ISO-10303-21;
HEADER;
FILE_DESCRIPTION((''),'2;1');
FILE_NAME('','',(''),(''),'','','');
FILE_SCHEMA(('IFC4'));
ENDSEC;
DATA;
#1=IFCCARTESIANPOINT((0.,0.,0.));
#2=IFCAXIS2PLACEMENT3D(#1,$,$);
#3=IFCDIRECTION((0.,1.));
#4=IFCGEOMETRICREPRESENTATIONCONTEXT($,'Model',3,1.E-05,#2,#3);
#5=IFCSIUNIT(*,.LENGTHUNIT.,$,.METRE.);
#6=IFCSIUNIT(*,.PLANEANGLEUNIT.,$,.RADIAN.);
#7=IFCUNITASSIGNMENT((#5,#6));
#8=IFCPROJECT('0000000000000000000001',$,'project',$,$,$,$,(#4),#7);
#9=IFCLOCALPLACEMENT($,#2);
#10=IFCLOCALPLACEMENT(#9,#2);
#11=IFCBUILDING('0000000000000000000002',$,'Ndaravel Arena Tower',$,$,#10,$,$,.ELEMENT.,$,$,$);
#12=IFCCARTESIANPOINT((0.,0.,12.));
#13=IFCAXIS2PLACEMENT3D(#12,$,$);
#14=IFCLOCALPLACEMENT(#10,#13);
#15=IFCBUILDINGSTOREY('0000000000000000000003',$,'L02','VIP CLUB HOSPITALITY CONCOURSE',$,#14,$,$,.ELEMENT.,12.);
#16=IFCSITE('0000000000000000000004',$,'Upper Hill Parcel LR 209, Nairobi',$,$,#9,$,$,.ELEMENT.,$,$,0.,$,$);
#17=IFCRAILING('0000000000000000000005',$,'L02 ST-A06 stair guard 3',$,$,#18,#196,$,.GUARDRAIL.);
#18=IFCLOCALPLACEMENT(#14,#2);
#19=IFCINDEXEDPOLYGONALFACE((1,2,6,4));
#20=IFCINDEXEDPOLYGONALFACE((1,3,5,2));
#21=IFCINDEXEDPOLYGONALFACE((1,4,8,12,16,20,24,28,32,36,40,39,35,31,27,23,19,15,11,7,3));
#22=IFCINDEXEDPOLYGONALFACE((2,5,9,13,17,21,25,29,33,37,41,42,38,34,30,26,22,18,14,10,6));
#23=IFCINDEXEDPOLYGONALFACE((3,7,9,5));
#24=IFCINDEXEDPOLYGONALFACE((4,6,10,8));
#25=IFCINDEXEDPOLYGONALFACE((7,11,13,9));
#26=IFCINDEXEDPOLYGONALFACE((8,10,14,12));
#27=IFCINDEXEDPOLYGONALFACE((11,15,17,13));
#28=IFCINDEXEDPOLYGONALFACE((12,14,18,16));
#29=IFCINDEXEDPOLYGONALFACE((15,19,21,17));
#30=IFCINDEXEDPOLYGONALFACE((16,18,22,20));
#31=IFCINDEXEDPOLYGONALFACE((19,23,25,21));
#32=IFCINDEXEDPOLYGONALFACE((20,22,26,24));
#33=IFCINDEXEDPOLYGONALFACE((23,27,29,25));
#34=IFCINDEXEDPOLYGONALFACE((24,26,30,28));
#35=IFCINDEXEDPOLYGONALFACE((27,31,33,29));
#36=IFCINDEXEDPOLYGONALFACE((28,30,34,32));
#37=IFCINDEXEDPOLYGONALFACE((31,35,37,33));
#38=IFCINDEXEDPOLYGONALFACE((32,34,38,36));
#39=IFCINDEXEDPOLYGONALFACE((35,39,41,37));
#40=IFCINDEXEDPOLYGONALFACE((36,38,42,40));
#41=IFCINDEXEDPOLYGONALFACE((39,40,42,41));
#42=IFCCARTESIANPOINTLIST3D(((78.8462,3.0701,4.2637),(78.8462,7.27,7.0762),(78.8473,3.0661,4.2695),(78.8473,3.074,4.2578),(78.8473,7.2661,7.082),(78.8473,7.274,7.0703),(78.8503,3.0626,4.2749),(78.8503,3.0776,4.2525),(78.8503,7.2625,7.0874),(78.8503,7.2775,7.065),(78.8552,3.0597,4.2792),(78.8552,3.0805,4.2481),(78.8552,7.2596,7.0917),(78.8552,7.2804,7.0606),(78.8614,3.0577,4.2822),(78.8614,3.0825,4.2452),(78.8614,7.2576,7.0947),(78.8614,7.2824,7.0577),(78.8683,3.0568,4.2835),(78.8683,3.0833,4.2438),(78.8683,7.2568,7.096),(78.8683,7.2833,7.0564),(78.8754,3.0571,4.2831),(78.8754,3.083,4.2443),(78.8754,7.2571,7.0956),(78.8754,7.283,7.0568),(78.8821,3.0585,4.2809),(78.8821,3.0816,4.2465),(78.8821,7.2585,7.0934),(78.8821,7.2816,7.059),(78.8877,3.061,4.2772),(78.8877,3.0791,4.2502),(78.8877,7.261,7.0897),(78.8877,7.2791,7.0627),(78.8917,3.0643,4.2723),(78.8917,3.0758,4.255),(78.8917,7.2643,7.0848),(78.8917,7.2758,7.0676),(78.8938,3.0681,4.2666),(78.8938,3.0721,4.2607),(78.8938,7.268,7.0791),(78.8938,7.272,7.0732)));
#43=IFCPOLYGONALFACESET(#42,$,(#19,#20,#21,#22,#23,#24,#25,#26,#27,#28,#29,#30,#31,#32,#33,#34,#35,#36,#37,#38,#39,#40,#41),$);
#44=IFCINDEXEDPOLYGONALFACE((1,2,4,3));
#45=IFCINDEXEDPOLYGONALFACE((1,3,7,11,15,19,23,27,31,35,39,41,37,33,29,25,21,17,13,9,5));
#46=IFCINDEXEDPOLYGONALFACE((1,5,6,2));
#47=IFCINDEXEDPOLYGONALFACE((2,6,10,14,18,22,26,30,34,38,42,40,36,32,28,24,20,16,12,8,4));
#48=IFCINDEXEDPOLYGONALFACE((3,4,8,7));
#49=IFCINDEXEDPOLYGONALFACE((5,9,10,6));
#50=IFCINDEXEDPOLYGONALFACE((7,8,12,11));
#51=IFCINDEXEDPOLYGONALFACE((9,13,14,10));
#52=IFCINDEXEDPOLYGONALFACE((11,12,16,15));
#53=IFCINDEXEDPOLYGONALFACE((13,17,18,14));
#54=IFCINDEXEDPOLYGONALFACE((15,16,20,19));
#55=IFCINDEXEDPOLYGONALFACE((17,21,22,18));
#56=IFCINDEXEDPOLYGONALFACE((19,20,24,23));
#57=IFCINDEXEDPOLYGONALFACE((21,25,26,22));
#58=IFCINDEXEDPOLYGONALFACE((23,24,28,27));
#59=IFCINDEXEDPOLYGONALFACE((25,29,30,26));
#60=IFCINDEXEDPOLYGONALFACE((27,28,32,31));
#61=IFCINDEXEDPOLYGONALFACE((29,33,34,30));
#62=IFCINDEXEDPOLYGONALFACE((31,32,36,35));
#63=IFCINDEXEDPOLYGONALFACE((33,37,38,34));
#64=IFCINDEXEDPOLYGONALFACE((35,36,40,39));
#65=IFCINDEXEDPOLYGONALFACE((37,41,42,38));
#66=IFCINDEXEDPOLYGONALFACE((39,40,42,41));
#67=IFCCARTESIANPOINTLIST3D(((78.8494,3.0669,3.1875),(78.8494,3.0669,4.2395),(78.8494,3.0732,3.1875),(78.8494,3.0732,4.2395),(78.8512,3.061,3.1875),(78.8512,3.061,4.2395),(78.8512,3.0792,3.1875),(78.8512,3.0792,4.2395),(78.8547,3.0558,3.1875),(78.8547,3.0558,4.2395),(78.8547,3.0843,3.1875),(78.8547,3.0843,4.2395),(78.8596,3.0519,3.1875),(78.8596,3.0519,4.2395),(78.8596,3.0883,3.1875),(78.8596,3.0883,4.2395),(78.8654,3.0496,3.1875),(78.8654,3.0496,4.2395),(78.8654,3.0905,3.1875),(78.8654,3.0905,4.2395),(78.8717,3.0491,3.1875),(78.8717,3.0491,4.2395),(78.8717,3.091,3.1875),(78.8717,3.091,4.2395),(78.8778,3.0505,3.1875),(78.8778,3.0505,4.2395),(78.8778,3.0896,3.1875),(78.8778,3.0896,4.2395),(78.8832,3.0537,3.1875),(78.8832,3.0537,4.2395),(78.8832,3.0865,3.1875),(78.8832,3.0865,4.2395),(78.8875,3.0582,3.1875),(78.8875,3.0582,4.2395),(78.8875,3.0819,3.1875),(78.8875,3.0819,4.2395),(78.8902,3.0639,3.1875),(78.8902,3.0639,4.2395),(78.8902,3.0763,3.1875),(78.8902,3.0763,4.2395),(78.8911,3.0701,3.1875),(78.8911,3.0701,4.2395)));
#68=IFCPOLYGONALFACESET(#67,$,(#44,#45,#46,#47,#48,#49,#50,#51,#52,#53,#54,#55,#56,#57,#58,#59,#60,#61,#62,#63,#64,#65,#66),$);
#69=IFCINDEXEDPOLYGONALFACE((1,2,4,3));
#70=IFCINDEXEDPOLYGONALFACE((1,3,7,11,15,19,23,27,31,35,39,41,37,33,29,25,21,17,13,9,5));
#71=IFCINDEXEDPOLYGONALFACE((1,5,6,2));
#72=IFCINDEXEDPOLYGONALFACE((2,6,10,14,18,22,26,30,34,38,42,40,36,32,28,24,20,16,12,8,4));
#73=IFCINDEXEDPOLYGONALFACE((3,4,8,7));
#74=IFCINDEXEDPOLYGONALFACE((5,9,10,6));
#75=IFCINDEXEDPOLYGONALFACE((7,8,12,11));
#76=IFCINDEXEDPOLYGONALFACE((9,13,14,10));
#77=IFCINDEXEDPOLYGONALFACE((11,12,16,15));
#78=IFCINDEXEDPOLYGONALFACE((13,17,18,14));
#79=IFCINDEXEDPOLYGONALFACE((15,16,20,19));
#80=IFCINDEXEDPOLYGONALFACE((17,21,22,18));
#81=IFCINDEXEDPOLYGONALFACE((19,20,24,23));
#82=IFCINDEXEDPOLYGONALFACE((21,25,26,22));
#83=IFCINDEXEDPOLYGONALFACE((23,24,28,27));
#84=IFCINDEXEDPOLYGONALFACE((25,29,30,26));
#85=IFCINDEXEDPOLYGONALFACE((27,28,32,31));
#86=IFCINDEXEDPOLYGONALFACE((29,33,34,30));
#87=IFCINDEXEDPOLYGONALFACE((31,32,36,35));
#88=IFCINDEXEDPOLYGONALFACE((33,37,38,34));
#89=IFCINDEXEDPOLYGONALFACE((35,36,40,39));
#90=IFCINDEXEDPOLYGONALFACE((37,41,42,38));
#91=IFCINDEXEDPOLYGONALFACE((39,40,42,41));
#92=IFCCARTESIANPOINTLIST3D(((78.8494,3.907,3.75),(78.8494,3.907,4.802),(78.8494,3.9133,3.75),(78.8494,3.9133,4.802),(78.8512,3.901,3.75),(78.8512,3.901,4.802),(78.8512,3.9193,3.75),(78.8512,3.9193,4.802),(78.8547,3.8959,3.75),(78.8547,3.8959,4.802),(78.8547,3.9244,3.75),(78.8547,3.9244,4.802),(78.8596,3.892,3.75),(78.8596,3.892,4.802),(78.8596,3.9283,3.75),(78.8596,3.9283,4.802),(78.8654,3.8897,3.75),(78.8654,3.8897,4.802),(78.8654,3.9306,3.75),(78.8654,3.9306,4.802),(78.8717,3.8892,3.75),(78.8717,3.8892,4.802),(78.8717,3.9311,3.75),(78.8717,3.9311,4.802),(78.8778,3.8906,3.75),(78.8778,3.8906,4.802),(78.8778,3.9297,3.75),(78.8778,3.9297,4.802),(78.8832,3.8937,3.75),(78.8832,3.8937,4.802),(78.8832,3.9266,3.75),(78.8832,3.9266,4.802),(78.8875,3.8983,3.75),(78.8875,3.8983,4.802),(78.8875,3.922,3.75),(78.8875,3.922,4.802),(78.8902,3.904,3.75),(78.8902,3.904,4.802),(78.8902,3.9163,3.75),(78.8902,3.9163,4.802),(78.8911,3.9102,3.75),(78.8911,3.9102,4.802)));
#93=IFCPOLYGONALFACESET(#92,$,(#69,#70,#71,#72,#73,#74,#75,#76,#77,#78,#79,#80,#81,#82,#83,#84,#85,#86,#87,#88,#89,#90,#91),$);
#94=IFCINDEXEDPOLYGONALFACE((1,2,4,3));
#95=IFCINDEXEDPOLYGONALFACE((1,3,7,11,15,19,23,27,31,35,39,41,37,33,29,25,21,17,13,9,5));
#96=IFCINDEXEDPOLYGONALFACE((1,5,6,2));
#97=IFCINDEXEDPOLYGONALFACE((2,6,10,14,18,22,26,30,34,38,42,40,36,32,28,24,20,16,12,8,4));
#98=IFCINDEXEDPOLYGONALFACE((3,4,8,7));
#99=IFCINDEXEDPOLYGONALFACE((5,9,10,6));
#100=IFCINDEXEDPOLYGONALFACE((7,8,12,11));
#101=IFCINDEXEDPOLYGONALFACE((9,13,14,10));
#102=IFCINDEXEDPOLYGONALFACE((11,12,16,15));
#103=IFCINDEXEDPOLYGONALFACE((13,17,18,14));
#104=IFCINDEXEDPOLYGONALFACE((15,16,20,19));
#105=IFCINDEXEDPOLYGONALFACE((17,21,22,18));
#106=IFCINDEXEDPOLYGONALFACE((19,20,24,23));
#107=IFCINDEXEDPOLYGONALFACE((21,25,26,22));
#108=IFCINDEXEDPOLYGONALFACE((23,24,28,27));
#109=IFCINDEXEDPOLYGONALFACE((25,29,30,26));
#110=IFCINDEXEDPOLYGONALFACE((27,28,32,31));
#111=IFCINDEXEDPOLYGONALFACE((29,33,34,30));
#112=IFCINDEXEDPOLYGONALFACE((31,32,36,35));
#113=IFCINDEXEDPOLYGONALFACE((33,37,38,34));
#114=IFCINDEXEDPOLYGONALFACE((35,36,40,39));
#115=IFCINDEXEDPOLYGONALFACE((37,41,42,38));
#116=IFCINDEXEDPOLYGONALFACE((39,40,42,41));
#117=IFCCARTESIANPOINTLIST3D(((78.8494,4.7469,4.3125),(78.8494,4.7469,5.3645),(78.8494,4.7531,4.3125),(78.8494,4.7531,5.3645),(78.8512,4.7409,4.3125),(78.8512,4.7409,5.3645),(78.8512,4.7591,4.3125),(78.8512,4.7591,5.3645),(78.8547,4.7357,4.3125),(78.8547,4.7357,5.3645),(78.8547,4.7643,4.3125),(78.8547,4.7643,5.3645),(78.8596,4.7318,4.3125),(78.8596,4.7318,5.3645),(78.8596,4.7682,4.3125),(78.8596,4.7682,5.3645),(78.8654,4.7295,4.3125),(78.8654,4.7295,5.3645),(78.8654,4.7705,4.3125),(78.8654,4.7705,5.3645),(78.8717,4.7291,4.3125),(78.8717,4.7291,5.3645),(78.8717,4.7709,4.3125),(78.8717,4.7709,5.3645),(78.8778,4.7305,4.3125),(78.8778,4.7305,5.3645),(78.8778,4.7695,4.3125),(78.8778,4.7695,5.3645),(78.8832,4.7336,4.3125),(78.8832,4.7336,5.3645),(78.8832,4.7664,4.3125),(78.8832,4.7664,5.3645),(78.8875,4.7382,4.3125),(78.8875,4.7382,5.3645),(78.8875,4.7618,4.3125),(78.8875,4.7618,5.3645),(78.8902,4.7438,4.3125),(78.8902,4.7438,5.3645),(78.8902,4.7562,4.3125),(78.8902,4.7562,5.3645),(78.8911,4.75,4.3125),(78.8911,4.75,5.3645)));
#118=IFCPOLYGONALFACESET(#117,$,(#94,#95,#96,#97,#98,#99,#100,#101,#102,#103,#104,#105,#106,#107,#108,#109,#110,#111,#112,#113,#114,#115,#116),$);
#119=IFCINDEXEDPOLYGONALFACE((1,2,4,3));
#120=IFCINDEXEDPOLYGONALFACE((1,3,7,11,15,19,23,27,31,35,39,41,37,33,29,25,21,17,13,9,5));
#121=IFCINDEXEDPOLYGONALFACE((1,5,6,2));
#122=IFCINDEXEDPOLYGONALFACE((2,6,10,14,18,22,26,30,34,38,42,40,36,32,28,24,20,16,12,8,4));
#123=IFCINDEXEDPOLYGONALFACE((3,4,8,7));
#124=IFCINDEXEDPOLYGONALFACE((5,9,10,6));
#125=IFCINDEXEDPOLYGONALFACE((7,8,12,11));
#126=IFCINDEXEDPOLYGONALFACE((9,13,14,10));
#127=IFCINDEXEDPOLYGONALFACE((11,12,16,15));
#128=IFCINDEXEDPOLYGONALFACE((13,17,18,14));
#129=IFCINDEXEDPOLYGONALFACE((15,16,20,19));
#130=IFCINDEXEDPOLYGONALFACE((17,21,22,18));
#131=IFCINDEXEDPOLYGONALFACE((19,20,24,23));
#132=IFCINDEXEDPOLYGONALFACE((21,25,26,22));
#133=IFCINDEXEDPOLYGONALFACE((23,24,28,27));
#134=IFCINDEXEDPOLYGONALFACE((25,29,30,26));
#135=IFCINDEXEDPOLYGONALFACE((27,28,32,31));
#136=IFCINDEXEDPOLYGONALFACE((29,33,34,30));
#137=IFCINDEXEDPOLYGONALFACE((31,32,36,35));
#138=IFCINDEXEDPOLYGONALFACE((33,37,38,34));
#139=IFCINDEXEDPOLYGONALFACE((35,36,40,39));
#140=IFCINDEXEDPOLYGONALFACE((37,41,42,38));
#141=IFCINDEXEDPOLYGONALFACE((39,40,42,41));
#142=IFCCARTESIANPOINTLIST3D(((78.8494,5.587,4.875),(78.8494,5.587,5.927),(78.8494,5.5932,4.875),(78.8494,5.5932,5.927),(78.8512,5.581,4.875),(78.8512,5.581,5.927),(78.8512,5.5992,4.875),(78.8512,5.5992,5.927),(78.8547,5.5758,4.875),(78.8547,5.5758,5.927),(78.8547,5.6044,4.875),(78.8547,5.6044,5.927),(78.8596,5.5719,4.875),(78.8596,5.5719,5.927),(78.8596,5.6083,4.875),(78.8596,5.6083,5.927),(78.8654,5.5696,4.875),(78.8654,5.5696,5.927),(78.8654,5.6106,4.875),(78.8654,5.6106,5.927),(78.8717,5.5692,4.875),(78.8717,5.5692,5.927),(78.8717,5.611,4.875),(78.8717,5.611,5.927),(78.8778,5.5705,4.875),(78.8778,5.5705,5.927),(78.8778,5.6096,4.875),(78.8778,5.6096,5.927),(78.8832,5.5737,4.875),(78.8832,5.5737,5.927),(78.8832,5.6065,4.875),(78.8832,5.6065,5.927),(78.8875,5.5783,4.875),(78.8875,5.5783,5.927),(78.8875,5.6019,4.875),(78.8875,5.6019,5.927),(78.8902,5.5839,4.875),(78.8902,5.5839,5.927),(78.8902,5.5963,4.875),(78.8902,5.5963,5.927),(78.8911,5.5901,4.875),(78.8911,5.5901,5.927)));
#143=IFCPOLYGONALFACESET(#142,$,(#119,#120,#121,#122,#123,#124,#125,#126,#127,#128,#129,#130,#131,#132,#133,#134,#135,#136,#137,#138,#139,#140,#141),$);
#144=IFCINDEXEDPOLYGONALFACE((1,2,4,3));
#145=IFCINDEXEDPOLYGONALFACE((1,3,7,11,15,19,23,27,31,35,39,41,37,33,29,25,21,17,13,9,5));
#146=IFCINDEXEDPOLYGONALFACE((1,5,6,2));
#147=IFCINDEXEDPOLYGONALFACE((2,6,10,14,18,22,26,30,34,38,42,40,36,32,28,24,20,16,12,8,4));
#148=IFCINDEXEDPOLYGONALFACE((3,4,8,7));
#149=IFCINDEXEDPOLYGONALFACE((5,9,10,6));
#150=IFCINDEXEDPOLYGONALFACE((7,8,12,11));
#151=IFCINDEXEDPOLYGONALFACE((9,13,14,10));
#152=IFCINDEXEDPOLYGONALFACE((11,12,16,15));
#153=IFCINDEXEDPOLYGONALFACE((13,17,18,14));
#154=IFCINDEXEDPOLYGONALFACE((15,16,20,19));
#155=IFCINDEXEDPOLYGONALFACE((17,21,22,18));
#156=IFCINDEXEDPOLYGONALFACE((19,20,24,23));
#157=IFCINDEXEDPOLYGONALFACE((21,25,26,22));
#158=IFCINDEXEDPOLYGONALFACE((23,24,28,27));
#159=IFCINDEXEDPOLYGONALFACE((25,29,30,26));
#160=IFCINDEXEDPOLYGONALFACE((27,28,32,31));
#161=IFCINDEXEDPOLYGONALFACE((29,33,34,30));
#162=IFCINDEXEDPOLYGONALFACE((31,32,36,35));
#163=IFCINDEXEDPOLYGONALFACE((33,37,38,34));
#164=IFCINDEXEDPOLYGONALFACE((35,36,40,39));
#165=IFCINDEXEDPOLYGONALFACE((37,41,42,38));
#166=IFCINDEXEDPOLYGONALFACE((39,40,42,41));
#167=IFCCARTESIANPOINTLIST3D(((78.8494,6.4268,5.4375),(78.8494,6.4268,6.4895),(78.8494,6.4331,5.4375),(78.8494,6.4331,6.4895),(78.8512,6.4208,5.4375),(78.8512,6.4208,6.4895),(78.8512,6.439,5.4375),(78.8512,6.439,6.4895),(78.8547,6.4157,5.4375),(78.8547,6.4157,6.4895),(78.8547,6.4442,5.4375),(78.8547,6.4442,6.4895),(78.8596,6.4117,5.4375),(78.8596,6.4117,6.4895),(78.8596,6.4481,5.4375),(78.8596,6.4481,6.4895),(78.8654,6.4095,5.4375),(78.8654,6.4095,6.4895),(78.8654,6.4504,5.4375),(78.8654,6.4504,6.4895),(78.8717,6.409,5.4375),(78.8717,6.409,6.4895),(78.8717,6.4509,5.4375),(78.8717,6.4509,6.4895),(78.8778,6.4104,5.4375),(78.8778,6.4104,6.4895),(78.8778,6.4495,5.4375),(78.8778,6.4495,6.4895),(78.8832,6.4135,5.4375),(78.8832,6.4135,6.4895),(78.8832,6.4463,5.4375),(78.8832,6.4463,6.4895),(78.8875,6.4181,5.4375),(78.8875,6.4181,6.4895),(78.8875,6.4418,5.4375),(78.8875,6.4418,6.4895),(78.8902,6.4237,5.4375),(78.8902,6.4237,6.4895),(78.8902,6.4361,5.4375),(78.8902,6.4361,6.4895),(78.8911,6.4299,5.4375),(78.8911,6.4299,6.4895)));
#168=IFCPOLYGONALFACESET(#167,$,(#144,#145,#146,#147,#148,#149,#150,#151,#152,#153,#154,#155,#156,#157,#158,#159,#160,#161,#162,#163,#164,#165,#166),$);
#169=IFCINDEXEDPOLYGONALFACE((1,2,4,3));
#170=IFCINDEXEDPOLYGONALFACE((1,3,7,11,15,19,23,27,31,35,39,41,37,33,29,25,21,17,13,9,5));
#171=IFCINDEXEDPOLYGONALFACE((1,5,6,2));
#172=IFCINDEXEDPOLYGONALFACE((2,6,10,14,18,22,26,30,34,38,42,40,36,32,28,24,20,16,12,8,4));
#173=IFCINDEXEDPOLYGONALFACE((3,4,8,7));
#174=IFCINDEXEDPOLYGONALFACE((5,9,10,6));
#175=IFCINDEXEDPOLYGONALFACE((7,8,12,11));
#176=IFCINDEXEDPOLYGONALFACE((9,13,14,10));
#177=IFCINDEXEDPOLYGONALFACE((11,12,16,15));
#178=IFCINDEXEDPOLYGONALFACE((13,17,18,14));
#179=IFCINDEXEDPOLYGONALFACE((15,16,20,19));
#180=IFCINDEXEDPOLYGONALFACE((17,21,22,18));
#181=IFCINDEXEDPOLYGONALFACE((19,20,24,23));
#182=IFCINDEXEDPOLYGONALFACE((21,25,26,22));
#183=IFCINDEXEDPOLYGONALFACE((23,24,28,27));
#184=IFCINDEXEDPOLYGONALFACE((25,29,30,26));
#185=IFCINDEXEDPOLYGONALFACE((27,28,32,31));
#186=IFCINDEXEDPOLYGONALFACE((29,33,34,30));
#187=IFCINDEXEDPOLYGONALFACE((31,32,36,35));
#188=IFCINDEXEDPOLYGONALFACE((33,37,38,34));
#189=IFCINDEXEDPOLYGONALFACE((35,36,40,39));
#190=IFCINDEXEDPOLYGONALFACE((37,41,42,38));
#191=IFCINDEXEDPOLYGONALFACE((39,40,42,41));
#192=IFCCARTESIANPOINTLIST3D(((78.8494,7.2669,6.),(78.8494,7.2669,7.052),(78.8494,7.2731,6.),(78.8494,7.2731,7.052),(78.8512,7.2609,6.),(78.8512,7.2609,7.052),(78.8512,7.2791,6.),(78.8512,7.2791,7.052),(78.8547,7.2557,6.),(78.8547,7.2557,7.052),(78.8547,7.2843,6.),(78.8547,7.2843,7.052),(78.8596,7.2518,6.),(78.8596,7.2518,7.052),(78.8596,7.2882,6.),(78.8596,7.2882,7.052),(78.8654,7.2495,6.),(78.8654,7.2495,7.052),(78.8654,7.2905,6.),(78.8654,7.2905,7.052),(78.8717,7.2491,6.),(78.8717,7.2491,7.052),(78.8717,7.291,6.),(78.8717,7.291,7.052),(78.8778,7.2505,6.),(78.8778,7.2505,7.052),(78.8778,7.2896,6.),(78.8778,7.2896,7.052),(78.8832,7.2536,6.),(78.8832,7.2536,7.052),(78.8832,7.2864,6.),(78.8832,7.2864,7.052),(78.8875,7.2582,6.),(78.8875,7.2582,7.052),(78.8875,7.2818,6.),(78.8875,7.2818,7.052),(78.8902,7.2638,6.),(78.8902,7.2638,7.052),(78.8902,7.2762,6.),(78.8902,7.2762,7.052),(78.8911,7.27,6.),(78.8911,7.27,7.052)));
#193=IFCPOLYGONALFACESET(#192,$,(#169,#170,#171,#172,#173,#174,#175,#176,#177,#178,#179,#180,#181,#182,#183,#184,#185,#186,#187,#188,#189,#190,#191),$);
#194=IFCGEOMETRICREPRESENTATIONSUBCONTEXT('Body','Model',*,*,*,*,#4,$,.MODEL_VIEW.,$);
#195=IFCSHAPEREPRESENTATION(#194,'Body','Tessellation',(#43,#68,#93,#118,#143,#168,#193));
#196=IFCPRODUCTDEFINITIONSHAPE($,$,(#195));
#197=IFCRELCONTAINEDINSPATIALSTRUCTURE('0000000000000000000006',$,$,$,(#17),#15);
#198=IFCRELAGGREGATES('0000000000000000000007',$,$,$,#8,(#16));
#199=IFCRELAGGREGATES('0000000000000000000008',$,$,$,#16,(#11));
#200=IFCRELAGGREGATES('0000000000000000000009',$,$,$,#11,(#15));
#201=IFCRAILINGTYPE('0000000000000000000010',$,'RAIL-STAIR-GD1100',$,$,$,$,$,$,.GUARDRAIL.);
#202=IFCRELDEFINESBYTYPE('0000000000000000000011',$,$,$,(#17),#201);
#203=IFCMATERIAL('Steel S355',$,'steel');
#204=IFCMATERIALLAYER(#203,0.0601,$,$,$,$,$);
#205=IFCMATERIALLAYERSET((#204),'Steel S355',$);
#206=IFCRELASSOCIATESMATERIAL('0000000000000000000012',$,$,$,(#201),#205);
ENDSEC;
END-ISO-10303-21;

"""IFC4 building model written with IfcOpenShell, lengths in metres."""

from ifc_helpers import new_model, si_unit, direction, frame, origin, origin_2d, place, context, subcontext, project, spatial, circle, extrude, material, layer, layer_set, type_object, element, save


model = new_model("IFC4")

# Units and contexts
model_context = context("Model", 3, precision=1e-05, world=origin(), true_north=direction((0.0, 1.0)))
body_context = subcontext(model_context, "Body", "Model", "MODEL_VIEW")
ifc_project = project(units=[si_unit("LENGTHUNIT", "METRE"), si_unit("PLANEANGLEUNIT", "RADIAN")], contexts=[model_context])

# Site, building, storey
site_placement = place(None, origin())
site = spatial("IfcSite", under=ifc_project, at=site_placement, Name="Upper Hill Parcel LR 209, Nairobi", CompositionType="ELEMENT", RefElevation=0.0)
building_placement = place(site_placement, origin())
building = spatial("IfcBuilding", under=site, at=building_placement, Name="Ndaravel Arena Tower", CompositionType="ELEMENT")
storey_placement = place(building_placement, frame((0.0, 0.0, 12.0)))
storey = spatial("IfcBuildingStorey", under=building, at=storey_placement, Name="L02", Description="VIP CLUB HOSPITALITY CONCOURSE", CompositionType="ELEMENT", Elevation=12.0)

# Railing
ifc_material_1 = material(Name="Steel S355", Category="steel")
ifc_layer_1 = layer(ifc_material_1, 0.0601)
ifc_layer_set_1 = layer_set([ifc_layer_1], Name="Steel S355")
railing_type_1 = type_object("IfcRailingType", Name="RAIL-STAIR-GD1100", PredefinedType="GUARDRAIL", material=ifc_layer_set_1)
railing_1_placement = place(storey_placement, frame((78.8701, 3.0701, 3.1875)))
element("IfcRailing", 1, at=railing_1_placement, inside=storey, type_object=railing_type_1, Name="L02 ST-A06 stair guard 3", PredefinedType="GUARDRAIL", context=body_context, shape_type="SweptSolid", body=[
    extrude(circle(Radius=0.0239, at=origin_2d()), frame((0.0, 0.0, 1.0762), z_axis=(0.0, 0.830904, 0.556416), x_axis=(-1.0, 0.0, 0.0)), (0.0, 0.0, 1.0), 5.0547),
    extrude(circle(Radius=0.021, at=origin_2d()), origin(), (0.0, 0.0, 1.0), 1.052),
    extrude(circle(Radius=0.021, at=origin_2d()), frame((0.0, 0.8401, 0.5625)), (0.0, 0.0, 1.0), 1.052),
    extrude(circle(Radius=0.021, at=origin_2d()), frame((0.0, 1.6799, 1.125)), (0.0, 0.0, 1.0), 1.052),
    extrude(circle(Radius=0.021, at=origin_2d()), frame((0.0, 2.52, 1.6875)), (0.0, 0.0, 1.0), 1.052),
    extrude(circle(Radius=0.021, at=origin_2d()), frame((0.0, 3.3599, 2.25)), (0.0, 0.0, 1.0), 1.052),
    extrude(circle(Radius=0.021, at=origin_2d()), frame((0.0, 4.2, 2.8125)), (0.0, 0.0, 1.0), 1.052),
])

save(model, "model.ifc")
